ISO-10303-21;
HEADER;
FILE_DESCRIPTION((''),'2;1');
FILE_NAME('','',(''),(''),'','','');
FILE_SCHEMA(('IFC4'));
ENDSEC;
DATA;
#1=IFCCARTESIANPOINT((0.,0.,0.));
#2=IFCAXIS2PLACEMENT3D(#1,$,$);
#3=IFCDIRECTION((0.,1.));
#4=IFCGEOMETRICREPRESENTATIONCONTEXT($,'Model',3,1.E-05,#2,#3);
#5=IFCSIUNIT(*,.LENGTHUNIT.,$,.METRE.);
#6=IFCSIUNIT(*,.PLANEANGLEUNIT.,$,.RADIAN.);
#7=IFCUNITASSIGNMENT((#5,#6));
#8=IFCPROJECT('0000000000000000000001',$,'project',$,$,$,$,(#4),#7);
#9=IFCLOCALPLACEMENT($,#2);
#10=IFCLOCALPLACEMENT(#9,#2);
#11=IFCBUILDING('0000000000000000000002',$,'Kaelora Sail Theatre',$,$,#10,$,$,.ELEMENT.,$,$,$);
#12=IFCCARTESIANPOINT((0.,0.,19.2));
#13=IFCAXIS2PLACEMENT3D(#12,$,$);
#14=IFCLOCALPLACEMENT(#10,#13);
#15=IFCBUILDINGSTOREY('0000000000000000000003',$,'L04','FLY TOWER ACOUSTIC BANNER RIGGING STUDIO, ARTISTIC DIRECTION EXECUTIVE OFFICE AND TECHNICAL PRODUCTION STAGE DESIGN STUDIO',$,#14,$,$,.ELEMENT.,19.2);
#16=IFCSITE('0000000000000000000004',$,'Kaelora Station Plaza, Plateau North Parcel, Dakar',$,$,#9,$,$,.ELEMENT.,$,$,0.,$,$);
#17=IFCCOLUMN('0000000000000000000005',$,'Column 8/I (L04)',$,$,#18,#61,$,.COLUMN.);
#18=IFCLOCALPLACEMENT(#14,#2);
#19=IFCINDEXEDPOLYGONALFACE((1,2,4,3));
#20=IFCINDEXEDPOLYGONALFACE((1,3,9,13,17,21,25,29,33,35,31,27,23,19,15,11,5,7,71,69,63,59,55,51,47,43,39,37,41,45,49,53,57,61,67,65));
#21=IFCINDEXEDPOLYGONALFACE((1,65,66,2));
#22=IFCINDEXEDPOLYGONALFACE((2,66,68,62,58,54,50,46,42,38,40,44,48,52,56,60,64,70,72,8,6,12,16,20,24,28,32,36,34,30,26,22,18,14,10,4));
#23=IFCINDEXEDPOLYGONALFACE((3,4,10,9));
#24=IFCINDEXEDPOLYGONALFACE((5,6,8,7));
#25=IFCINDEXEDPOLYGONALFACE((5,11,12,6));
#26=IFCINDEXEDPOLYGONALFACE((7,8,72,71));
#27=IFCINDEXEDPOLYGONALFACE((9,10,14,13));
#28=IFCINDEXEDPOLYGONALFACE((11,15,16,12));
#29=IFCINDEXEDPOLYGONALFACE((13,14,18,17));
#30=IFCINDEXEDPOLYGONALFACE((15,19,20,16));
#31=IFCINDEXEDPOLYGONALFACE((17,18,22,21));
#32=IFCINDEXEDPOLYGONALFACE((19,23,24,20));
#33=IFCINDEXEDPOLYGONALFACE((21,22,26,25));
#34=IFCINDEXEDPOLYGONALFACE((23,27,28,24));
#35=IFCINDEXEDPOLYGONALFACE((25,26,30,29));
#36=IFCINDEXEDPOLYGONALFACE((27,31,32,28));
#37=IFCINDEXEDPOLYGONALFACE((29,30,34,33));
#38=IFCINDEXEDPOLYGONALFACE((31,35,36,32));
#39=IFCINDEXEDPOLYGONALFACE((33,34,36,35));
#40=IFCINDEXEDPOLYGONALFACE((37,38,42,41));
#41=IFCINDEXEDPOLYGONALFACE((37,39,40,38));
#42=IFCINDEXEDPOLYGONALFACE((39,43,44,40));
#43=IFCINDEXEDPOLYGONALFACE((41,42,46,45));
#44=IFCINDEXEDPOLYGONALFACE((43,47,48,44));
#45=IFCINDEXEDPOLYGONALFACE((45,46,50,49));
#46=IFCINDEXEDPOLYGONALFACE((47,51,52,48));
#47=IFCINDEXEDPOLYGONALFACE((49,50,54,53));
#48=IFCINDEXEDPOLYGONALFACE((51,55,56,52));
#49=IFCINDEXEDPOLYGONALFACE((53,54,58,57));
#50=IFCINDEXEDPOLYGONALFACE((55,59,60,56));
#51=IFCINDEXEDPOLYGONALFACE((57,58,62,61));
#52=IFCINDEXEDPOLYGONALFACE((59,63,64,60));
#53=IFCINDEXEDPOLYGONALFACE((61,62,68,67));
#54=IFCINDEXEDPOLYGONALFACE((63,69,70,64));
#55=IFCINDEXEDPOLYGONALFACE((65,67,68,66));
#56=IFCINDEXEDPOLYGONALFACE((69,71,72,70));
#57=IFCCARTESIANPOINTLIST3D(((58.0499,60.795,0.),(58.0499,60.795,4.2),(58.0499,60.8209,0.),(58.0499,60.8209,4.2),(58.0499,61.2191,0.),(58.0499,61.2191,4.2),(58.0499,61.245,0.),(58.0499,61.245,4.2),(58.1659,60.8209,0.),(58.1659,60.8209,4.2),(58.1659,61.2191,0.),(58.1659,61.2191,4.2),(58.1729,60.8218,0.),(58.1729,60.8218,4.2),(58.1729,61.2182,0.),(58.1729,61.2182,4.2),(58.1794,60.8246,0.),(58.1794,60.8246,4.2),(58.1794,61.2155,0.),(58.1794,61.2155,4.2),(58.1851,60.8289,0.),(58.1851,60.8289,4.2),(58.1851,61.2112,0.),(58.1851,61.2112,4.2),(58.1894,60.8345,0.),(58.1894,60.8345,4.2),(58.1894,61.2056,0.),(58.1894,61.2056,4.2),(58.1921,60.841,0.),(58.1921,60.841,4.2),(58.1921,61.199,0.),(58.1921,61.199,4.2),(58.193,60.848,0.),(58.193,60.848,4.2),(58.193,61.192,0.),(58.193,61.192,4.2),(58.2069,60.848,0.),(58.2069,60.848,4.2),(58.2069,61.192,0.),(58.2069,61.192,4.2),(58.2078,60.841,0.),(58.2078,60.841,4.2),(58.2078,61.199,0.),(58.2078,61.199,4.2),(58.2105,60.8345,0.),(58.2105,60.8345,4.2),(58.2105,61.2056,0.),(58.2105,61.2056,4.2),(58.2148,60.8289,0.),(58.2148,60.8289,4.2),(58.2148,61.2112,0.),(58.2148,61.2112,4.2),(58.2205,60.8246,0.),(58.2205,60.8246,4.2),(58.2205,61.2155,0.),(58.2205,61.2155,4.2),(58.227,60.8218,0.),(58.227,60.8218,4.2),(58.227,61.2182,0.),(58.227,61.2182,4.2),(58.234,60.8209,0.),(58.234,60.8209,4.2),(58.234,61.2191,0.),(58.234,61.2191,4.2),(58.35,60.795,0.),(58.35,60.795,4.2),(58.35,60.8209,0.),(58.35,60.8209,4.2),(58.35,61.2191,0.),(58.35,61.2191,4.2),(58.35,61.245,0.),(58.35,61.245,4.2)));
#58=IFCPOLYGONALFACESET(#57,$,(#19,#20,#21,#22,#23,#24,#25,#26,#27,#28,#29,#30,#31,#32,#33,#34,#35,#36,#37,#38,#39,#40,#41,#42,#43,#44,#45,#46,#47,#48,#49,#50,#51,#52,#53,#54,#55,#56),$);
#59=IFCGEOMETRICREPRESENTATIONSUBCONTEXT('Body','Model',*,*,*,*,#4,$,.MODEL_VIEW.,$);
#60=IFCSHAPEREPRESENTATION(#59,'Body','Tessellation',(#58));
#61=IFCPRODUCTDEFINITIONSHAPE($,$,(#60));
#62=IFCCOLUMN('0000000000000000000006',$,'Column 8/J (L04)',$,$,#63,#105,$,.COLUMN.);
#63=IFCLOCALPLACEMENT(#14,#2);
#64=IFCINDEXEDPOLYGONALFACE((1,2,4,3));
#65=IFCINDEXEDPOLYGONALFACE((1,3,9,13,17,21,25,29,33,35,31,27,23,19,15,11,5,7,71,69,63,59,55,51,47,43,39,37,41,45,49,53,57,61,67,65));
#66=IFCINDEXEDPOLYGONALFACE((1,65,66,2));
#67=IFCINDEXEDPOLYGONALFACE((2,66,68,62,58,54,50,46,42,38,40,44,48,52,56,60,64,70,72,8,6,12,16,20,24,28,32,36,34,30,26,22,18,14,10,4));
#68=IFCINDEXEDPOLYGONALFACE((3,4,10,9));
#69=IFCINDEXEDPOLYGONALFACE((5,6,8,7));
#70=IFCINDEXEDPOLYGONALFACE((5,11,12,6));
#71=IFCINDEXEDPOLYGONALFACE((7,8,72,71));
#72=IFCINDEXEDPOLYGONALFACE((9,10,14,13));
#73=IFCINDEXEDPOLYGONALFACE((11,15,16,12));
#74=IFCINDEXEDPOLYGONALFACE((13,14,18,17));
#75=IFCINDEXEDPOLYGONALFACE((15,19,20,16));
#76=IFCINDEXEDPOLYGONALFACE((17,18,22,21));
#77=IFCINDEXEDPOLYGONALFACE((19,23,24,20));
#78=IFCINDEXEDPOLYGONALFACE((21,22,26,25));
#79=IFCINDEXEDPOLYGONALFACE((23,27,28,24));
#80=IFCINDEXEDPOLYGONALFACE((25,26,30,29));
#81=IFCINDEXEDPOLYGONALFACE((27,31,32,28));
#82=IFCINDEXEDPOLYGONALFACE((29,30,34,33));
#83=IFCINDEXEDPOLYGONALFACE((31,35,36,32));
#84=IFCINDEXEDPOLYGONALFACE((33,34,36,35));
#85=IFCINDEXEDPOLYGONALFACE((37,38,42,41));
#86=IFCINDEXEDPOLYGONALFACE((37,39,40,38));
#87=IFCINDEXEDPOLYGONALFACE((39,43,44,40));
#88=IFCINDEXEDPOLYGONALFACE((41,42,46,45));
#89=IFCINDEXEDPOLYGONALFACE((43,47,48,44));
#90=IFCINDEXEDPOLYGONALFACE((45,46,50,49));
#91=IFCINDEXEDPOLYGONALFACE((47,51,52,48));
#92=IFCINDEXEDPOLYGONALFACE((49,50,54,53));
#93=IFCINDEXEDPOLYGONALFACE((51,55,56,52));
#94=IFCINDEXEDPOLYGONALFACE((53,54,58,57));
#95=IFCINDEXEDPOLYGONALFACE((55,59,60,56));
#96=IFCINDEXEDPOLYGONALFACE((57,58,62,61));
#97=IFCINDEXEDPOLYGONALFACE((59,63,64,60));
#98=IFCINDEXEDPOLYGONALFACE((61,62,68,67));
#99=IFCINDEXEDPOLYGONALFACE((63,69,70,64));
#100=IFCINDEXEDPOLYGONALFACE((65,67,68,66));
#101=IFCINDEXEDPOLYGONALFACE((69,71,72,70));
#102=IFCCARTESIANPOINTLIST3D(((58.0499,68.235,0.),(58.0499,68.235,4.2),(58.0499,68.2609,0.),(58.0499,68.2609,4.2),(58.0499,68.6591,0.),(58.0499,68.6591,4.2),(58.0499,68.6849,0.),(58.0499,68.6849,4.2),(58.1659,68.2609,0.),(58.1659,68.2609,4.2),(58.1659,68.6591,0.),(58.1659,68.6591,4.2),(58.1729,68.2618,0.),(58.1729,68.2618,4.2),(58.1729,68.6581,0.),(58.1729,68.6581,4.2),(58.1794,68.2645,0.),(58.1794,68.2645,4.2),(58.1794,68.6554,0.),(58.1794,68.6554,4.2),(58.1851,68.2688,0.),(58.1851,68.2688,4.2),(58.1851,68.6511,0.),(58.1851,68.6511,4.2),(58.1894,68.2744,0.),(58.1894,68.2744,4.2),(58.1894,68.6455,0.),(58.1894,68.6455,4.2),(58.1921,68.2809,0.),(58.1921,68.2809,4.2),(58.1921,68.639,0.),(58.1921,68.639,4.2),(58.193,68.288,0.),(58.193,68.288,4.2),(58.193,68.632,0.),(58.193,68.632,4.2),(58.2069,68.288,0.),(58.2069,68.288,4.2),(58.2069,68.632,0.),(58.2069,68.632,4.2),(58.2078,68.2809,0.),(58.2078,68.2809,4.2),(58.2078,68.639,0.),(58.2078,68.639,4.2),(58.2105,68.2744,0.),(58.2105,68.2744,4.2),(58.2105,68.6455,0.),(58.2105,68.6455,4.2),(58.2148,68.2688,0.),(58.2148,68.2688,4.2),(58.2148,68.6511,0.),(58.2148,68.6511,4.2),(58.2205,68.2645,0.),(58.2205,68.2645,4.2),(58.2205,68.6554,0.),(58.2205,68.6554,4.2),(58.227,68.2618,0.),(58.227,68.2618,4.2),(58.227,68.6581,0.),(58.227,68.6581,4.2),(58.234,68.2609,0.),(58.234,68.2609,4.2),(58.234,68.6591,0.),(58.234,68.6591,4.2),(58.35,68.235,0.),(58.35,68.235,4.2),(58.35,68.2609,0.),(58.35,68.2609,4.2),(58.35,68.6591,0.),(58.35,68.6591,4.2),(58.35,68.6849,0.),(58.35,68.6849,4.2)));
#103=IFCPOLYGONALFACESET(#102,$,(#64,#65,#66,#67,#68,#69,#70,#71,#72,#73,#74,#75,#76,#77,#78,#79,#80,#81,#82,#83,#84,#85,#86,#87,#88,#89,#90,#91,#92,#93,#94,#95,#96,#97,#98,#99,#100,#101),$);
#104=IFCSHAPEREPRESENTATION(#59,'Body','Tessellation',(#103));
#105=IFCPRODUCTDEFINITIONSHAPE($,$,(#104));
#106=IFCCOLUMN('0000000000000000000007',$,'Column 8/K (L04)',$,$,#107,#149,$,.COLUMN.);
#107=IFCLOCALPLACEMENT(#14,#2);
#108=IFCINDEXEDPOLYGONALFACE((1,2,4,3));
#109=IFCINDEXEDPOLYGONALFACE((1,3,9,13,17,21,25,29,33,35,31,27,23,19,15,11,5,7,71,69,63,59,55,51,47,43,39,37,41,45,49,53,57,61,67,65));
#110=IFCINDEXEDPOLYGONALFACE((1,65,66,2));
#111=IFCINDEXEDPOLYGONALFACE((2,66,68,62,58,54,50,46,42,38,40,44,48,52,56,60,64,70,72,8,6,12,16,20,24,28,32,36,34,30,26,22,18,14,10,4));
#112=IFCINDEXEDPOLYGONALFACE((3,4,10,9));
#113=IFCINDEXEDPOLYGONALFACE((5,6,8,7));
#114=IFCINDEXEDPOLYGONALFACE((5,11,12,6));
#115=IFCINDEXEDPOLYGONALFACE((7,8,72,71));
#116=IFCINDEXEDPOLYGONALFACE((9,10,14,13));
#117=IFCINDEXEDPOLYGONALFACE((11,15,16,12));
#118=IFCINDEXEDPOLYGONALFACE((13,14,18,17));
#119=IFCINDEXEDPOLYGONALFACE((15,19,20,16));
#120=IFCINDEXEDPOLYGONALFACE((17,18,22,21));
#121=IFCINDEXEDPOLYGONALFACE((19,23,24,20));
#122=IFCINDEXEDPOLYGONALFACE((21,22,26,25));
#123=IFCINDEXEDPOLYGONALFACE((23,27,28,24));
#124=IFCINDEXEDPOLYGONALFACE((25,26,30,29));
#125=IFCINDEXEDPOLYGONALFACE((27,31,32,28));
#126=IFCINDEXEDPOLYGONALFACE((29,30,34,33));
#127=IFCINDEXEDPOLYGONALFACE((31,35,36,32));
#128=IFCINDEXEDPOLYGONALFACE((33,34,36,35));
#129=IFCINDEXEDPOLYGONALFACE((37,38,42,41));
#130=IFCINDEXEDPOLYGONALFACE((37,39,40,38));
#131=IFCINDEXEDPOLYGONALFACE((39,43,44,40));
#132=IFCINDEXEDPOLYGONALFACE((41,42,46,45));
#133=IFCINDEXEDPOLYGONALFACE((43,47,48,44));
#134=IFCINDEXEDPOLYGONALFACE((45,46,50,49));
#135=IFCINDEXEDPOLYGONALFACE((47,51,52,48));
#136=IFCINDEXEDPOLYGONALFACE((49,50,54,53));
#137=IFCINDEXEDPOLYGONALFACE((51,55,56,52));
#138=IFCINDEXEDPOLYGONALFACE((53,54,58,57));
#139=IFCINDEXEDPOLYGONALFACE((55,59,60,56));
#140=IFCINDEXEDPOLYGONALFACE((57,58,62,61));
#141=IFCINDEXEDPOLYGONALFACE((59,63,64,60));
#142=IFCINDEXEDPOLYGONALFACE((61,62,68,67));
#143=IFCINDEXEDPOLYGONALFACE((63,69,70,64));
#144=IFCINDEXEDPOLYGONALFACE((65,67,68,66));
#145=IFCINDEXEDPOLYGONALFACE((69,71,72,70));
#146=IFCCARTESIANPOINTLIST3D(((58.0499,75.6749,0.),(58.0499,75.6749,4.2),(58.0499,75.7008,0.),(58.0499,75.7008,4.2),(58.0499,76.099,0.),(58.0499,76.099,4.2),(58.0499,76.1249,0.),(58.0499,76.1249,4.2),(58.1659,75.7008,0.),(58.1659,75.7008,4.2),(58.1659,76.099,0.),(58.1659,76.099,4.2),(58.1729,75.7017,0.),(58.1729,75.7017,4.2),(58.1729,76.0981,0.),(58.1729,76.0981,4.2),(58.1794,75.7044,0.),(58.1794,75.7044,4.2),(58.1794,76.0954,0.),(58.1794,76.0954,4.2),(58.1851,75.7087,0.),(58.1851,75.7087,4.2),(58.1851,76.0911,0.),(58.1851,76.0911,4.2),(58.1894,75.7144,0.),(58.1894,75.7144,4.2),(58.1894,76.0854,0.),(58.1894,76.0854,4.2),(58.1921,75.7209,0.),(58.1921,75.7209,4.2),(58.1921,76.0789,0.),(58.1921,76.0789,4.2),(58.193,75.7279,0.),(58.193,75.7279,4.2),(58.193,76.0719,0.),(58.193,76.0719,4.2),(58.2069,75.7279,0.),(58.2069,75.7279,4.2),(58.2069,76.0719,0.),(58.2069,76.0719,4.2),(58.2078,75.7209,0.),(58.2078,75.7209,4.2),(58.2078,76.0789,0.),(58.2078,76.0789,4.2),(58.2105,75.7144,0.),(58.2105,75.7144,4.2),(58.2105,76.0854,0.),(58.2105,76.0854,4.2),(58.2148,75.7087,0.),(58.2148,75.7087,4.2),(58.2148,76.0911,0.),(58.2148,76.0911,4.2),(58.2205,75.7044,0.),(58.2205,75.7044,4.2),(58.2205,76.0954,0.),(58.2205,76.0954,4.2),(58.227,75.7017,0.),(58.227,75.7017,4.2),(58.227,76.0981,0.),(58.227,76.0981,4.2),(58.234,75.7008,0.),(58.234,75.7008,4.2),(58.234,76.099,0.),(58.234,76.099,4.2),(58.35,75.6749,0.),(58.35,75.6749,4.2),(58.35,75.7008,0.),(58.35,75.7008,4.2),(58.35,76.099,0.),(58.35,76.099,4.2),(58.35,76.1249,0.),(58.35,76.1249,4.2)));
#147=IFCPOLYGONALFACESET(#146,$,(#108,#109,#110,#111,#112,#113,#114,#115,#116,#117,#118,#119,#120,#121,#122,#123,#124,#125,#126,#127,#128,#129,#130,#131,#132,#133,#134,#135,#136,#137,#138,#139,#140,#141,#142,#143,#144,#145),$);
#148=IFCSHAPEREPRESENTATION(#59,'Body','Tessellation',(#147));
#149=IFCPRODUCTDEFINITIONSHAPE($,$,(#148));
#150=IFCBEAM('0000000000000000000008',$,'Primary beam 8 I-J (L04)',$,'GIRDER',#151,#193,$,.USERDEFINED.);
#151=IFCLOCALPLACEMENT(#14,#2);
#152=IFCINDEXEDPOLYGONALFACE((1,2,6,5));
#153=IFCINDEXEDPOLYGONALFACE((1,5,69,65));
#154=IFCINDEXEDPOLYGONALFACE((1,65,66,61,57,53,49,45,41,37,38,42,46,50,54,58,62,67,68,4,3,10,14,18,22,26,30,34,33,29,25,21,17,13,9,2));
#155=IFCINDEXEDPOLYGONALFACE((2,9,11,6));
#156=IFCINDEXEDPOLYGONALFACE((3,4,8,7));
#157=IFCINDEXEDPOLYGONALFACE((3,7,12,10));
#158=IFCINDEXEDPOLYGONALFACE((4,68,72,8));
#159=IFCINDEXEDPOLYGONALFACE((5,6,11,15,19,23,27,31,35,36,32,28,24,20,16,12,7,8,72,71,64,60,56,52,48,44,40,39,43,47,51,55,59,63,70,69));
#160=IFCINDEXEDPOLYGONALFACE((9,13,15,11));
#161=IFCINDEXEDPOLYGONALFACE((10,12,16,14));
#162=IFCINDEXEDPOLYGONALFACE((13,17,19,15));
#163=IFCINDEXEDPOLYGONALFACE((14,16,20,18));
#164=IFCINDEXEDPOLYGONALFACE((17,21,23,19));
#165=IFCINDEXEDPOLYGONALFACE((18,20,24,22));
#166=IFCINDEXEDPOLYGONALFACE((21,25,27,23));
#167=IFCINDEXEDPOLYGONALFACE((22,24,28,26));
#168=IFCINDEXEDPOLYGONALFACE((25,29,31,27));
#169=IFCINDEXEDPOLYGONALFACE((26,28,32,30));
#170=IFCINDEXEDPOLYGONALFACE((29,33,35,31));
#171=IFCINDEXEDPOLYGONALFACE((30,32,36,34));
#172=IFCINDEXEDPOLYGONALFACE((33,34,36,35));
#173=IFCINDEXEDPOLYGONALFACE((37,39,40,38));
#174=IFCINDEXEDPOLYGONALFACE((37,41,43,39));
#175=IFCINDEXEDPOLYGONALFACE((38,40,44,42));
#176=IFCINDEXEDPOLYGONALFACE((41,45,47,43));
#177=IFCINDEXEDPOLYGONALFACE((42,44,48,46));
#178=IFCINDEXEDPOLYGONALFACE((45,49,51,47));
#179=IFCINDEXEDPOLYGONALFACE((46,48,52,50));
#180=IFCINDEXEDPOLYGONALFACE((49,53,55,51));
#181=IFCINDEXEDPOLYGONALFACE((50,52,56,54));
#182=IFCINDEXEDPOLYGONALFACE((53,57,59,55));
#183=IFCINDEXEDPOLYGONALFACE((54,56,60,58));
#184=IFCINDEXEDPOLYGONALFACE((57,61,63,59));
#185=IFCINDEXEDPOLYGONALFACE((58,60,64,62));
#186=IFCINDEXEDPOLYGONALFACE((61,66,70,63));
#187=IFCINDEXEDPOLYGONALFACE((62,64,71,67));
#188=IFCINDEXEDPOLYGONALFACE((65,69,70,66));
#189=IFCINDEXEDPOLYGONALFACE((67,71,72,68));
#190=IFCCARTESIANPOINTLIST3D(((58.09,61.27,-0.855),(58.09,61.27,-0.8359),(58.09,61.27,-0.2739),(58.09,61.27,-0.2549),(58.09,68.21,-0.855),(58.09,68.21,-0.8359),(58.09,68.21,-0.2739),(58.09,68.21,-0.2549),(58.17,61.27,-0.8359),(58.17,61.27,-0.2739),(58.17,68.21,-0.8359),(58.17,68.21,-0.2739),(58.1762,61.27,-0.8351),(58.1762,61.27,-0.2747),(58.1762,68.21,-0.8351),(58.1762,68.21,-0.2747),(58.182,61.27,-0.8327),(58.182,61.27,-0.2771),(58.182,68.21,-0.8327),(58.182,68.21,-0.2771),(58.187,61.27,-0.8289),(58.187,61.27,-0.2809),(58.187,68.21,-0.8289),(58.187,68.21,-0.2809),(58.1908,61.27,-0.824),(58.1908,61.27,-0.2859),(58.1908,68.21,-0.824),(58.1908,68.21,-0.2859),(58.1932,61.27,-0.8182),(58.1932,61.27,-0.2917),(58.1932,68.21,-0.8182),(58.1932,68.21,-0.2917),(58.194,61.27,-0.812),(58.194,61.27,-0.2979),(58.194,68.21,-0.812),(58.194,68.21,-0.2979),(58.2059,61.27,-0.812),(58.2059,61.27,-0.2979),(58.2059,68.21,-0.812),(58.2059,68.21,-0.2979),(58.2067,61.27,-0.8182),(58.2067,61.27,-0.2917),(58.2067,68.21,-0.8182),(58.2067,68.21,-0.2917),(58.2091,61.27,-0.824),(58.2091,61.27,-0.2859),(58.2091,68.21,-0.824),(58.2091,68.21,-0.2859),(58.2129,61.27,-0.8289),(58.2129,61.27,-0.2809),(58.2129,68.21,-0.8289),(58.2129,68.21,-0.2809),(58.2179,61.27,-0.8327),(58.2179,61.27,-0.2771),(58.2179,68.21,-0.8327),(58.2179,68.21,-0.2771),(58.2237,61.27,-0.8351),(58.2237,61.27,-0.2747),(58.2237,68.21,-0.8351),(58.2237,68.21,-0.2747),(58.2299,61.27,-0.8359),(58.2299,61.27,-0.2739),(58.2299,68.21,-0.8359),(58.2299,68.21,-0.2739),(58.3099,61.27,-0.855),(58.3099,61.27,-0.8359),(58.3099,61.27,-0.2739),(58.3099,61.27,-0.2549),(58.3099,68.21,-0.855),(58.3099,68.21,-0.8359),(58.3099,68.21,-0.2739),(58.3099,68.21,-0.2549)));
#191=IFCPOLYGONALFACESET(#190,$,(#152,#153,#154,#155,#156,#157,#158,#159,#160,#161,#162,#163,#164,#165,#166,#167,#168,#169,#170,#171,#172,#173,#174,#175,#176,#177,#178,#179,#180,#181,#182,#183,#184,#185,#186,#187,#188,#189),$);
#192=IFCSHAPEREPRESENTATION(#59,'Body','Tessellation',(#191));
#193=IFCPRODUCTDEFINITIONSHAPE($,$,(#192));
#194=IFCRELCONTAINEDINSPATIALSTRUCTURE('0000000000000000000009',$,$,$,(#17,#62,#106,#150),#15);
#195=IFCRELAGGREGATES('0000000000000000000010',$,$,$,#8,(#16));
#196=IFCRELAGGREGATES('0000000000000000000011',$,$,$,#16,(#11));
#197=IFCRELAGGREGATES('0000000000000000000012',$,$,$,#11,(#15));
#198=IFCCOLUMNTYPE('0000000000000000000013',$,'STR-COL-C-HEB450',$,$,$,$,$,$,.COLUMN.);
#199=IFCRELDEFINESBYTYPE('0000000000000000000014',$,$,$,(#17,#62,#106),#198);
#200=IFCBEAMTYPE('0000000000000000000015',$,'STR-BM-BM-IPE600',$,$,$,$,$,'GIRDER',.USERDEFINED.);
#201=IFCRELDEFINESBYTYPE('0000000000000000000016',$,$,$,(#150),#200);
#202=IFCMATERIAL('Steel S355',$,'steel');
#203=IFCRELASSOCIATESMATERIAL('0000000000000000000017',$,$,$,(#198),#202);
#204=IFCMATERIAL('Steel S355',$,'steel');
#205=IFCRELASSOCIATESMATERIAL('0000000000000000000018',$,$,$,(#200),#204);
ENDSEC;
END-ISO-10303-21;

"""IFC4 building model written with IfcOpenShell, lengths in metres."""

from ifc_helpers import new_model, si_unit, direction, frame, origin, origin_2d, place, context, subcontext, project, spatial, i_section, extrude, material, material_profile, profile_set, type_object, element, save


model = new_model("IFC4")

# Units and contexts
model_context = context("Model", 3, precision=1e-05, world=origin(), true_north=direction((0.0, 1.0)))
body_context = subcontext(model_context, "Body", "Model", "MODEL_VIEW")
ifc_project = project(units=[si_unit("LENGTHUNIT", "METRE"), si_unit("PLANEANGLEUNIT", "RADIAN")], contexts=[model_context])

# Site, building, storey
site_placement = place(None, origin())
site = spatial("IfcSite", under=ifc_project, at=site_placement, Name="Kaelora Station Plaza, Plateau North Parcel, Dakar", CompositionType="ELEMENT", RefElevation=0.0)
building_placement = place(site_placement, origin())
building = spatial("IfcBuilding", under=site, at=building_placement, Name="Kaelora Sail Theatre", CompositionType="ELEMENT")
storey_placement = place(building_placement, frame((0.0, 0.0, 19.2)))
storey = spatial("IfcBuildingStorey", under=building, at=storey_placement, Name="L04", Description="FLY TOWER ACOUSTIC BANNER RIGGING STUDIO, ARTISTIC DIRECTION EXECUTIVE OFFICE AND TECHNICAL PRODUCTION STAGE DESIGN STUDIO", CompositionType="ELEMENT", Elevation=19.2)

# Columns
ifc_material_1 = material(Name="Steel S355", Category="steel")
ifc_material_profile_1 = material_profile(ifc_material_1, i_section(OverallWidth=0.3, OverallDepth=0.45, WebThickness=0.0139, FlangeThickness=0.0259, FilletRadius=0.0271, at=origin_2d()), Name="HEB 450")
ifc_profile_set_1 = profile_set([ifc_material_profile_1], Name="Steel S355")
column_type = type_object("IfcColumnType", Name="STR-COL-C-HEB450", PredefinedType="COLUMN", material=ifc_profile_set_1)
for number, where, z_axis, x_axis, name in (
    (1, (58.2, 61.02, 0.0), (0.0, 0.0, 1.0), (1.0, 0.0, 0.0), "Column 8/I (L04)"),
    (2, (58.2, 68.46, 0.0), (0.0, 0.0, 1.0), (1.0, 0.0, 0.0), "Column 8/J (L04)"),
    (3, (58.2, 75.8999, 0.0), (0.0, 0.0, 1.0), (1.0, 0.0, 0.0), "Column 8/K (L04)"),
):
    element("IfcColumn", number, at=place(storey_placement, frame(where, z_axis=z_axis, x_axis=x_axis)), inside=storey, type_object=column_type, Name=name, PredefinedType="COLUMN", context=body_context, shape_type="SweptSolid", body=[
        extrude(i_section(OverallWidth=0.3, OverallDepth=0.45, WebThickness=0.0139, FlangeThickness=0.0259, FilletRadius=0.0271, at=origin_2d()), origin(), (0.0, 0.0, 1.0), 4.2),
    ])

# Beam
ifc_material_2 = material(Name="Steel S355", Category="steel")
ifc_material_profile_2 = material_profile(ifc_material_2, i_section(OverallWidth=0.22, OverallDepth=0.6001, WebThickness=0.012, FlangeThickness=0.019, FilletRadius=0.0239, at=origin_2d()), Name="IPE 600")
ifc_profile_set_2 = profile_set([ifc_material_profile_2], Name="Steel S355")
beam_type_1 = type_object("IfcBeamType", Name="STR-BM-BM-IPE600", ElementType="GIRDER", PredefinedType="USERDEFINED", material=ifc_profile_set_2)
for number, where, z_axis, x_axis, name in (
    (4, (58.2, 61.27, -0.5549), (0.0, 1.0, 0.0), (-1.0, 0.0, 0.0), "Primary beam 8 I-J (L04)"),
):
    element("IfcBeam", number, at=place(storey_placement, frame(where, z_axis=z_axis, x_axis=x_axis)), inside=storey, type_object=beam_type_1, Name=name, ObjectType="GIRDER", PredefinedType="USERDEFINED", context=body_context, shape_type="SweptSolid", body=[
        extrude(i_section(OverallWidth=0.22, OverallDepth=0.6001, WebThickness=0.012, FlangeThickness=0.019, FilletRadius=0.0239, at=origin_2d()), origin(), (0.0, 0.0, 1.0), 6.9399),
    ])

save(model, "model.ifc")
